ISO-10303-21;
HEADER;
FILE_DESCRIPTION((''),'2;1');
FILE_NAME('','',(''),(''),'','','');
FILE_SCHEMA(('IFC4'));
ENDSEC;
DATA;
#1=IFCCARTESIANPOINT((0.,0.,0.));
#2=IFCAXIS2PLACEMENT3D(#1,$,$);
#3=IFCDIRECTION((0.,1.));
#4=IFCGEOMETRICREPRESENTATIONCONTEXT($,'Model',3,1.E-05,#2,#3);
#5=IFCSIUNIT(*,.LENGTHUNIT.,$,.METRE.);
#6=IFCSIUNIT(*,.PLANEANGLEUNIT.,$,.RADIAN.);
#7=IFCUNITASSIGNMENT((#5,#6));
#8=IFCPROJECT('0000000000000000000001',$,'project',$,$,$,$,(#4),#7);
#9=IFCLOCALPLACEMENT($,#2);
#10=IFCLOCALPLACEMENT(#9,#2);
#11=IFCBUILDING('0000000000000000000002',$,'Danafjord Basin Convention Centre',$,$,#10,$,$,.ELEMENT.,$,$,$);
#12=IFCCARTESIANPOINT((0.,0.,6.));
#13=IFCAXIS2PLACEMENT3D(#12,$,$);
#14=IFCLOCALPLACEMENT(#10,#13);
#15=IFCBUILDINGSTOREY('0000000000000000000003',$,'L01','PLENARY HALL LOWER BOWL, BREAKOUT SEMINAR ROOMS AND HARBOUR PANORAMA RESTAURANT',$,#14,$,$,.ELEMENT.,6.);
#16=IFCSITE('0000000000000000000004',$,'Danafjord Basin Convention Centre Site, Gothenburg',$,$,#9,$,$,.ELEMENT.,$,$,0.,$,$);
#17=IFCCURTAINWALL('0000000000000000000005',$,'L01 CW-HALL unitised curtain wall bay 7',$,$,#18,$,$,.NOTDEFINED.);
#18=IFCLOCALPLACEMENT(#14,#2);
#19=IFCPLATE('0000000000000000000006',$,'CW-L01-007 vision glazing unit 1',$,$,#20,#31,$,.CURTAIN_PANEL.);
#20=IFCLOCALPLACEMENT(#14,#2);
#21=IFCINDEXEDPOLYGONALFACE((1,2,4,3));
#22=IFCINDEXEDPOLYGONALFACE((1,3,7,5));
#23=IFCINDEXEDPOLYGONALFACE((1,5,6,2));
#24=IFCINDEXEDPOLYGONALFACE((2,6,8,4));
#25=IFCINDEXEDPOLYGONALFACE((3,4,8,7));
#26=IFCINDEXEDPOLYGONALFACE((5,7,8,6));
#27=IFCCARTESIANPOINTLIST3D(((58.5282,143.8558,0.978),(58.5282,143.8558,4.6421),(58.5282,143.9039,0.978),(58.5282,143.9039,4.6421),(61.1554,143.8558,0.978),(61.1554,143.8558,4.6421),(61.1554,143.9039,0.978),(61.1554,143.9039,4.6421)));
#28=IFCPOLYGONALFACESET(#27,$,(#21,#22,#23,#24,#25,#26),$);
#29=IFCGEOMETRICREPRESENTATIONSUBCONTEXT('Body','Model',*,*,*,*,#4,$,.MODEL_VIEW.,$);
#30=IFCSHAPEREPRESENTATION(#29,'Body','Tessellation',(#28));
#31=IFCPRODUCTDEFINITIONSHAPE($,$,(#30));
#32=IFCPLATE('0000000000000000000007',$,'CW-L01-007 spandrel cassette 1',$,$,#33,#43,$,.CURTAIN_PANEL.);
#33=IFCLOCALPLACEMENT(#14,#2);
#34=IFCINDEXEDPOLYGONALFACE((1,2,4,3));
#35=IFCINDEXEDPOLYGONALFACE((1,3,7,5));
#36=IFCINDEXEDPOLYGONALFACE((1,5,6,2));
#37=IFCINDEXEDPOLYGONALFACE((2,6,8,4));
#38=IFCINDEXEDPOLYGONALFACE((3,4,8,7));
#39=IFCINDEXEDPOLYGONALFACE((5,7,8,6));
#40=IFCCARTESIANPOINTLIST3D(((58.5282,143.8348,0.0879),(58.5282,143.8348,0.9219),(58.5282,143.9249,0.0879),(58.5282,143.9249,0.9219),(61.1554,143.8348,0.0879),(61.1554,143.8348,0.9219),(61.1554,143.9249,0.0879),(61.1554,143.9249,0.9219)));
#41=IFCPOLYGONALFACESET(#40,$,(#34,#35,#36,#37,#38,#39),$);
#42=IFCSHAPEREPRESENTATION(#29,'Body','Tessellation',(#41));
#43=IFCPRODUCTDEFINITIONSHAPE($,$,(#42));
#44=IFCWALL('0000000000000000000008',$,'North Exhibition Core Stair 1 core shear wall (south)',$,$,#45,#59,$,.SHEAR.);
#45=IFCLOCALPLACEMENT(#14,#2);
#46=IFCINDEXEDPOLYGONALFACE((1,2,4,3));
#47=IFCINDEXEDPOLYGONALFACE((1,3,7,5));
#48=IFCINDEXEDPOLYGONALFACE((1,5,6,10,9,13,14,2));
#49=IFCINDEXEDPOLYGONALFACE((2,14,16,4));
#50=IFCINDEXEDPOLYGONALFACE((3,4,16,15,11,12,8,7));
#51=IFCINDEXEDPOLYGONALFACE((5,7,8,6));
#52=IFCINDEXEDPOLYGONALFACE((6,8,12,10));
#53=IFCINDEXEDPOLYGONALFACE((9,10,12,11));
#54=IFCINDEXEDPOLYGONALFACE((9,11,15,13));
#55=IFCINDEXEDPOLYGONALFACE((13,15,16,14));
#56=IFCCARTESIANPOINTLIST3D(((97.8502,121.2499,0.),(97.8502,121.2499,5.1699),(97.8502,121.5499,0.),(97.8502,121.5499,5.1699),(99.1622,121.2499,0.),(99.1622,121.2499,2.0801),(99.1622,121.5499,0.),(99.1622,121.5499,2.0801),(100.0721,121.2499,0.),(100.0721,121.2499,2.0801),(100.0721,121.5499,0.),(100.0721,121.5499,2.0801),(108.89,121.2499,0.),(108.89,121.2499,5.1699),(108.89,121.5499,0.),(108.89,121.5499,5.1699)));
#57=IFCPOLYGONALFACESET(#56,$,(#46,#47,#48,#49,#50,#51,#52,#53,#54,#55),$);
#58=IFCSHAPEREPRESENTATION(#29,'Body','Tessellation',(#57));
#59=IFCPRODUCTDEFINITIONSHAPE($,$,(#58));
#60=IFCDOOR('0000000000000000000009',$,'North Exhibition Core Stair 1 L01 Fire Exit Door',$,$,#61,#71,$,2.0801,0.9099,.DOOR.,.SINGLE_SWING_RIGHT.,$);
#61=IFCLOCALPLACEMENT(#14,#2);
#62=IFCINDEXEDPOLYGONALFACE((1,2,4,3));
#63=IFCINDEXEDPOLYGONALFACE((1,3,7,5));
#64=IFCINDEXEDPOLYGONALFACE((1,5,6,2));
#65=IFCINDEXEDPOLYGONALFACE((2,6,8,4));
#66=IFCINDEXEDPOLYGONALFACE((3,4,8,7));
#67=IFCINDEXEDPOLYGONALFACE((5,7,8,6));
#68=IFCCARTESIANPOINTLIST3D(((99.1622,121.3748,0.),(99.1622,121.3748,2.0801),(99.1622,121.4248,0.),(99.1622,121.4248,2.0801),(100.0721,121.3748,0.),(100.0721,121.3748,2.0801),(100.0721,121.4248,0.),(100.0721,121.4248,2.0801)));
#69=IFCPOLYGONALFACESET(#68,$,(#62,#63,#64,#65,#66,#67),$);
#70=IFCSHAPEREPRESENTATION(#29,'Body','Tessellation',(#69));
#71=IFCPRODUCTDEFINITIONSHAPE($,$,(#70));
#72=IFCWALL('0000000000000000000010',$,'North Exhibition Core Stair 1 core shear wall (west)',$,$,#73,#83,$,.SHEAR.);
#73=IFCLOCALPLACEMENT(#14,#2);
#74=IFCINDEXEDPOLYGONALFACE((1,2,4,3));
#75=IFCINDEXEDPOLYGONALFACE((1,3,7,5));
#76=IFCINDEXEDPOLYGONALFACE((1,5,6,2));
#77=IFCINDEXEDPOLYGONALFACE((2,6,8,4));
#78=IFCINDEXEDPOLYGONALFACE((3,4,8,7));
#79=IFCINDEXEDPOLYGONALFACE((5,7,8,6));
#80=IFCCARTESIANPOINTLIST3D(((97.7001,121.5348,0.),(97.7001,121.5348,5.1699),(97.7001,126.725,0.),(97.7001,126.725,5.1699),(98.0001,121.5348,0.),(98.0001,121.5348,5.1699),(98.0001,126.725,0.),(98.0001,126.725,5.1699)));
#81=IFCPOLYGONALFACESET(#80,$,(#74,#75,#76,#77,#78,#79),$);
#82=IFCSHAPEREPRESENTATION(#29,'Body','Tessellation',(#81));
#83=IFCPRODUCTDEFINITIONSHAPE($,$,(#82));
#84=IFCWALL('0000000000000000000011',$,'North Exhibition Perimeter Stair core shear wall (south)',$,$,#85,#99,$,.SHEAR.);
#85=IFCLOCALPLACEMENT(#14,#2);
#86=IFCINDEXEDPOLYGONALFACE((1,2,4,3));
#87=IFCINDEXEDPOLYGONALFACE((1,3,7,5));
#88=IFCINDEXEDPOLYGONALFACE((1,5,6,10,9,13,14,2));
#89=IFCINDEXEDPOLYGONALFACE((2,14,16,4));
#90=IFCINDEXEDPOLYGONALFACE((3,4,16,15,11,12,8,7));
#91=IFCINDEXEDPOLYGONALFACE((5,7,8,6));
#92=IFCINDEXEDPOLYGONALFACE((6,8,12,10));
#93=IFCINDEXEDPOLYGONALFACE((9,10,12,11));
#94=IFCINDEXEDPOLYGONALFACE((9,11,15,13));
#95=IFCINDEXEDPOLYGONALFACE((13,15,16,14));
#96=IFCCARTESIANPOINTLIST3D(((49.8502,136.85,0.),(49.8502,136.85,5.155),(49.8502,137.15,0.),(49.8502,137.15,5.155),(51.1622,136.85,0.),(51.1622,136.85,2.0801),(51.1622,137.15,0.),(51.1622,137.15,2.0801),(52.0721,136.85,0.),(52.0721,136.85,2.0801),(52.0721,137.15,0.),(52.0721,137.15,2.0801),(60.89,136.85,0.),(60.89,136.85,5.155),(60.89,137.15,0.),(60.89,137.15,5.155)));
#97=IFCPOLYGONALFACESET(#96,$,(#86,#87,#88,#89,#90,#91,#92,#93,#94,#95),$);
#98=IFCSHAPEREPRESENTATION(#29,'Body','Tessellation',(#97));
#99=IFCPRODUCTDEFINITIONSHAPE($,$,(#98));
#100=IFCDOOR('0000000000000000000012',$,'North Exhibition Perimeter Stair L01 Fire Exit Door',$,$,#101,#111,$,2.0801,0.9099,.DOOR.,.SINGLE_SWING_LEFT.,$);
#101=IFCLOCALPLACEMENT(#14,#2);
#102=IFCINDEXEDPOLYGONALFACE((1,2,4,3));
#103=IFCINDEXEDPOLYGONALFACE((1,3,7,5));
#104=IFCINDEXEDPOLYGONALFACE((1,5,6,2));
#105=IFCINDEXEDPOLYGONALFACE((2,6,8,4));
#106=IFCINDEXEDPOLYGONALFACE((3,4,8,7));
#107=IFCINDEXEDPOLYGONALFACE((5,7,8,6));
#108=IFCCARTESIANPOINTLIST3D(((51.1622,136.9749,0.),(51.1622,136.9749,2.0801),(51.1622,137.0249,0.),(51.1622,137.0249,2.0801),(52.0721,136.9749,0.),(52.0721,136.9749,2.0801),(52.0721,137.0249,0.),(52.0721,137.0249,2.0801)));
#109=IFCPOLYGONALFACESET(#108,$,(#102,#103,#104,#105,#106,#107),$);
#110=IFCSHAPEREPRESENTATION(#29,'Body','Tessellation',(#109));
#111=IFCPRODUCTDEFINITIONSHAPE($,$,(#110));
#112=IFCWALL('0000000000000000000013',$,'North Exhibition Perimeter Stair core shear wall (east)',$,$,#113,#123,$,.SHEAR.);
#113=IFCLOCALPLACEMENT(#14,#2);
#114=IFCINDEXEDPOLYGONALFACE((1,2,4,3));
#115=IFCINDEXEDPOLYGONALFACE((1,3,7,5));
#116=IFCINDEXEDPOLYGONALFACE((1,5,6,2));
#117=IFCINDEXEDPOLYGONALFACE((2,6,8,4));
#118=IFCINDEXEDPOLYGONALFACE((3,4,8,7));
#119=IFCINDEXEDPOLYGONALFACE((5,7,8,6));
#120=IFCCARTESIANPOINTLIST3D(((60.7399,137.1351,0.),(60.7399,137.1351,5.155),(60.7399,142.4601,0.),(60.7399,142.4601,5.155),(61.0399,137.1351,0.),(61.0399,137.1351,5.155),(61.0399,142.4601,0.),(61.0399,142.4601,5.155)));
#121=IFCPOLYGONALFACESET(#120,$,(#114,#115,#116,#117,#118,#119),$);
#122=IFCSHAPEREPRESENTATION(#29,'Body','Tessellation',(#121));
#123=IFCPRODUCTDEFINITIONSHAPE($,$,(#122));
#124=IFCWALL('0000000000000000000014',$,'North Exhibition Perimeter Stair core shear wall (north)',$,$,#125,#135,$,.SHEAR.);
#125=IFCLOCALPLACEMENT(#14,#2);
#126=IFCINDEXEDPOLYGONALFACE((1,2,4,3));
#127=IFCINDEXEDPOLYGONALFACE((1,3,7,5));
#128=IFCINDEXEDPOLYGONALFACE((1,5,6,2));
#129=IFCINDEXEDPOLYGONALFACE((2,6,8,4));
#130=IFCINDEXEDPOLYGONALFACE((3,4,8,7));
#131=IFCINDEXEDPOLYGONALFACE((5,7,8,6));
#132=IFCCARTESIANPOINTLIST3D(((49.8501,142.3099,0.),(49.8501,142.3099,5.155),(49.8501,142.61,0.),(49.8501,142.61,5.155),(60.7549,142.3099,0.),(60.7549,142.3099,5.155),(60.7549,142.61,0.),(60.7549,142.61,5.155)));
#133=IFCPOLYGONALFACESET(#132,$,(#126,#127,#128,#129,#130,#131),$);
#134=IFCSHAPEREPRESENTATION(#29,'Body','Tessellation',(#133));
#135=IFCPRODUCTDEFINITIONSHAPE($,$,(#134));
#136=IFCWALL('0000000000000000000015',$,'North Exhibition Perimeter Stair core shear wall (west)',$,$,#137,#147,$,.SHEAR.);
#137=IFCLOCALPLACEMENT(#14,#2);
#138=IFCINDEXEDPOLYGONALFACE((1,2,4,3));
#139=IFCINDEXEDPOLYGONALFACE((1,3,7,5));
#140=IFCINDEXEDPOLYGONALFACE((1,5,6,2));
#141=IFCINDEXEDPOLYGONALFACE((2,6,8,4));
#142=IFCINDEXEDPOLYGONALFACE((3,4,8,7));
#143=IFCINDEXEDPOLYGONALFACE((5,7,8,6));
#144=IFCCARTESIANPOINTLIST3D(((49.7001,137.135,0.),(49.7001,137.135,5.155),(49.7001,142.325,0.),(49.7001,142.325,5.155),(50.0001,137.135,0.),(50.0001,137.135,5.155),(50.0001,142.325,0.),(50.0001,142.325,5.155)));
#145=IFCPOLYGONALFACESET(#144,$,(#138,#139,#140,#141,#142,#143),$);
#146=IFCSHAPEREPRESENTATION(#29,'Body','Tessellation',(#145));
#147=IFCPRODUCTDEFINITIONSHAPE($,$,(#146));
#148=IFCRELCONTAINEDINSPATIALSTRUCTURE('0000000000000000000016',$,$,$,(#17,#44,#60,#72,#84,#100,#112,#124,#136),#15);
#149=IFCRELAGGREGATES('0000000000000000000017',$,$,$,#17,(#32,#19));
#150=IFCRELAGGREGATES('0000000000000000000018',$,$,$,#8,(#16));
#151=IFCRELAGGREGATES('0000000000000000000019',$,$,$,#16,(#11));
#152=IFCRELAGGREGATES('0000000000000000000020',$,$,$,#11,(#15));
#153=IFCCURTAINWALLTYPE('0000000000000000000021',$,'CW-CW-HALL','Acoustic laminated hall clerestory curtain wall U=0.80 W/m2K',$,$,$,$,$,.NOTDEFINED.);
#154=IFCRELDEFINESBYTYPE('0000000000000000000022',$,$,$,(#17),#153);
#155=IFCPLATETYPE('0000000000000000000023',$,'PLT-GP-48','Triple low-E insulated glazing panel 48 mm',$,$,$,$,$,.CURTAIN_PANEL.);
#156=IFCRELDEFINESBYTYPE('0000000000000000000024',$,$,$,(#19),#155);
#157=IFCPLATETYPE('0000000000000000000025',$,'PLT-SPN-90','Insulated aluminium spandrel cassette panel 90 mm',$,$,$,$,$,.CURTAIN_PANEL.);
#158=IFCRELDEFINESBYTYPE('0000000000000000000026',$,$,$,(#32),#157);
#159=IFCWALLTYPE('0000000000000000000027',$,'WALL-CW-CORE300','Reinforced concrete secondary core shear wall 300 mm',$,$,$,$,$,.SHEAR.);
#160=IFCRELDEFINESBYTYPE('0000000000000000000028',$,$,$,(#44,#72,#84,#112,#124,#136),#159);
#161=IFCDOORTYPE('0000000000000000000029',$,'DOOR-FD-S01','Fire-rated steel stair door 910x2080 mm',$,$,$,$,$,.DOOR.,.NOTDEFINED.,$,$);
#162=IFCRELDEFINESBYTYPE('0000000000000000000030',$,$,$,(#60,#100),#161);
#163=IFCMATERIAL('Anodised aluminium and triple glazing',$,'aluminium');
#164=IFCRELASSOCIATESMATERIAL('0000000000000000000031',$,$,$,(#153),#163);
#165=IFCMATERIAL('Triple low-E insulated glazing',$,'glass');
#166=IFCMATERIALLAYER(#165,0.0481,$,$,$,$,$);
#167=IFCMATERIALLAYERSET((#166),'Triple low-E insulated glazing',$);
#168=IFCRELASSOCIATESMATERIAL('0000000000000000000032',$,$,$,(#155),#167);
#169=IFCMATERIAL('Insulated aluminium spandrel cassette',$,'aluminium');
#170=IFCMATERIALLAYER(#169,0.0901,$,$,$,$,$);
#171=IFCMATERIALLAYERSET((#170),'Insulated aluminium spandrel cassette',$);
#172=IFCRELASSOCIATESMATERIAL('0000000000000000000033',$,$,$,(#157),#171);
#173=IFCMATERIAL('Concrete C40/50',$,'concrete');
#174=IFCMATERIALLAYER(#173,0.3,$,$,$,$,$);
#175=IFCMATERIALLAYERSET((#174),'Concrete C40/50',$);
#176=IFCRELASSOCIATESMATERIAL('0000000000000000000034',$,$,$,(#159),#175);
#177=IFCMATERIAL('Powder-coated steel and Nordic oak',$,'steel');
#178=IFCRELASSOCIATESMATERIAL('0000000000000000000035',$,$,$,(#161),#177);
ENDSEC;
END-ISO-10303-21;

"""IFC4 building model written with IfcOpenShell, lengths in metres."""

from ifc_helpers import new_model, si_unit, direction, frame, frame_2d, origin, origin_2d, place, context, subcontext, project, spatial, rectangle, extrude, material, layer, layer_set, type_object, element, fill, aggregate, save


model = new_model("IFC4")

# Units and contexts
model_context = context("Model", 3, precision=1e-05, world=origin(), true_north=direction((0.0, 1.0)))
body_context = subcontext(model_context, "Body", "Model", "MODEL_VIEW")
ifc_project = project(units=[si_unit("LENGTHUNIT", "METRE"), si_unit("PLANEANGLEUNIT", "RADIAN")], contexts=[model_context])

# Site, building, storey
site_placement = place(None, origin())
site = spatial("IfcSite", under=ifc_project, at=site_placement, Name="Danafjord Basin Convention Centre Site, Gothenburg", CompositionType="ELEMENT", RefElevation=0.0)
building_placement = place(site_placement, origin())
building = spatial("IfcBuilding", under=site, at=building_placement, Name="Danafjord Basin Convention Centre", CompositionType="ELEMENT")
storey_placement = place(building_placement, frame((0.0, 0.0, 6.0)))
storey = spatial("IfcBuildingStorey", under=building, at=storey_placement, Name="L01", Description="PLENARY HALL LOWER BOWL, BREAKOUT SEMINAR ROOMS AND HARBOUR PANORAMA RESTAURANT", CompositionType="ELEMENT", Elevation=6.0)

# Shared definitions
ifc_material_1 = material(Name="Anodised aluminium and triple glazing", Category="aluminium")
curtain_wall_type = type_object("IfcCurtainWallType", Name="CW-CW-HALL", Description="Acoustic laminated hall clerestory curtain wall U=0.80 W/m2K", PredefinedType="NOTDEFINED", material=ifc_material_1)

# Curtain wall, plates
curtain_wall_1_placement = place(storey_placement, origin())
curtain_wall_1 = element("IfcCurtainWall", 1, at=curtain_wall_1_placement, inside=storey, type_object=curtain_wall_type, Name="L01 CW-HALL unitised curtain wall bay 7", PredefinedType="NOTDEFINED")
ifc_material_2 = material(Name="Triple low-E insulated glazing", Category="glass")
ifc_layer_1 = layer(ifc_material_2, 0.0481)
ifc_layer_set_1 = layer_set([ifc_layer_1], Name="Triple low-E insulated glazing")
plate_type_1 = type_object("IfcPlateType", Name="PLT-GP-48", Description="Triple low-E insulated glazing panel 48 mm", PredefinedType="CURTAIN_PANEL", material=ifc_layer_set_1)
plate_1_placement = place(storey_placement, frame((59.8418, 143.8799, 0.978), z_axis=(0.0, 0.0, 1.0), x_axis=(1.0, 0.0, 0.0)))
plate_1 = element("IfcPlate", 2, at=plate_1_placement, type_object=plate_type_1, Name="CW-L01-007 vision glazing unit 1", PredefinedType="CURTAIN_PANEL", context=body_context, shape_type="SweptSolid", body=[
    extrude(rectangle(XDim=2.6272, YDim=0.0481, at=origin_2d()), origin(), (0.0, 0.0, 1.0), 3.6641),
])
ifc_material_3 = material(Name="Insulated aluminium spandrel cassette", Category="aluminium")
ifc_layer_2 = layer(ifc_material_3, 0.0901)
ifc_layer_set_2 = layer_set([ifc_layer_2], Name="Insulated aluminium spandrel cassette")
plate_type_2 = type_object("IfcPlateType", Name="PLT-SPN-90", Description="Insulated aluminium spandrel cassette panel 90 mm", PredefinedType="CURTAIN_PANEL", material=ifc_layer_set_2)
plate_2_placement = place(storey_placement, frame((59.8418, 143.8799, 0.0879), z_axis=(0.0, 0.0, 1.0), x_axis=(1.0, 0.0, 0.0)))
plate_2 = element("IfcPlate", 3, at=plate_2_placement, type_object=plate_type_2, Name="CW-L01-007 spandrel cassette 1", PredefinedType="CURTAIN_PANEL", context=body_context, shape_type="SweptSolid", body=[
    extrude(rectangle(XDim=2.6272, YDim=0.0901, at=origin_2d()), origin(), (0.0, 0.0, 1.0), 0.834),
])
aggregate(curtain_wall_1, [plate_2, plate_1])

# Wall, opening, door
ifc_material_4 = material(Name="Concrete C40/50", Category="concrete")
ifc_layer_3 = layer(ifc_material_4, 0.3)
ifc_layer_set_3 = layer_set([ifc_layer_3], Name="Concrete C40/50")
wall_type = type_object("IfcWallType", Name="WALL-CW-CORE300", Description="Reinforced concrete secondary core shear wall 300 mm", PredefinedType="SHEAR", material=ifc_layer_set_3)
wall_1_placement = place(storey_placement, frame((97.8501, 121.3999, 0.0), z_axis=(0.0, 0.0, 1.0), x_axis=(1.0, 0.0, 0.0)))
wall_1 = element("IfcWall", 4, at=wall_1_placement, inside=storey, type_object=wall_type, Name="North Exhibition Core Stair 1 core shear wall (south)", PredefinedType="SHEAR", context=body_context, shape_type="SweptSolid", body=[
    extrude(rectangle(XDim=11.0398, YDim=0.3, at=frame_2d((5.52, 0.0))), origin(), (0.0, 0.0, 1.0), 5.1699),
])
opening_1_placement = place(wall_1_placement, frame((1.312, 0.0, 0.0)))
opening_1 = element("IfcOpeningElement", 5, at=opening_1_placement, cuts=wall_1, PredefinedType="OPENING", context=body_context, shape_type="SweptSolid", body=[
    extrude(rectangle(XDim=0.9099, YDim=2.0801, at=frame_2d((0.4551, 1.04))), frame((0.0, 0.1599, 0.0), z_axis=(0.0, -1.0, 0.0), x_axis=(1.0, 0.0, 0.0)), (0.0, 0.0, 1.0), 0.3201),
])
ifc_material_5 = material(Name="Powder-coated steel and Nordic oak", Category="steel")
door_type = type_object("IfcDoorType", Name="DOOR-FD-S01", Description="Fire-rated steel stair door 910x2080 mm", OperationType="NOTDEFINED", PredefinedType="DOOR", material=ifc_material_5)
door_1_placement = place(opening_1_placement, origin())
door_1 = element("IfcDoor", 6, at=door_1_placement, inside=storey, type_object=door_type, Name="North Exhibition Core Stair 1 L01 Fire Exit Door", OperationType="SINGLE_SWING_RIGHT", OverallHeight=2.0801, OverallWidth=0.9099, PredefinedType="DOOR", context=body_context, shape_type="SweptSolid", body=[
    extrude(rectangle(XDim=0.9099, YDim=2.0801, at=frame_2d((0.4551, 1.04))), frame((0.0, 0.0249, 0.0), z_axis=(0.0, -1.0, 0.0), x_axis=(1.0, 0.0, 0.0)), (0.0, 0.0, 1.0), 0.05),
])
fill(opening_1, door_1)

# Wall
wall_2_placement = place(storey_placement, frame((97.8501, 126.7251, 0.0), z_axis=(0.0, 0.0, 1.0), x_axis=(0.0, -1.0, 0.0)))
element("IfcWall", 7, at=wall_2_placement, inside=storey, type_object=wall_type, Name="North Exhibition Core Stair 1 core shear wall (west)", PredefinedType="SHEAR", context=body_context, shape_type="SweptSolid", body=[
    extrude(rectangle(XDim=5.1902, YDim=0.3, at=frame_2d((2.5952, 0.0))), origin(), (0.0, 0.0, 1.0), 5.1699),
])

# Wall, opening, door
wall_3_placement = place(storey_placement, frame((49.8501, 137.0, 0.0), z_axis=(0.0, 0.0, 1.0), x_axis=(1.0, 0.0, 0.0)))
wall_3 = element("IfcWall", 8, at=wall_3_placement, inside=storey, type_object=wall_type, Name="North Exhibition Perimeter Stair core shear wall (south)", PredefinedType="SHEAR", context=body_context, shape_type="SweptSolid", body=[
    extrude(rectangle(XDim=11.0398, YDim=0.3, at=frame_2d((5.52, 0.0))), origin(), (0.0, 0.0, 1.0), 5.155),
])
opening_2_placement = place(wall_3_placement, frame((1.312, 0.0, 0.0)))
opening_2 = element("IfcOpeningElement", 9, at=opening_2_placement, cuts=wall_3, PredefinedType="OPENING", context=body_context, shape_type="SweptSolid", body=[
    extrude(rectangle(XDim=0.9099, YDim=2.0801, at=frame_2d((0.4551, 1.04))), frame((0.0, 0.1599, 0.0), z_axis=(0.0, -1.0, 0.0), x_axis=(1.0, 0.0, 0.0)), (0.0, 0.0, 1.0), 0.3201),
])
door_2_placement = place(opening_2_placement, origin())
door_2 = element("IfcDoor", 10, at=door_2_placement, inside=storey, type_object=door_type, Name="North Exhibition Perimeter Stair L01 Fire Exit Door", OperationType="SINGLE_SWING_LEFT", OverallHeight=2.0801, OverallWidth=0.9099, PredefinedType="DOOR", context=body_context, shape_type="SweptSolid", body=[
    extrude(rectangle(XDim=0.9099, YDim=2.0801, at=frame_2d((0.4551, 1.04))), frame((0.0, 0.0249, 0.0), z_axis=(0.0, -1.0, 0.0), x_axis=(1.0, 0.0, 0.0)), (0.0, 0.0, 1.0), 0.05),
])
fill(opening_2, door_2)

# Walls
wall_4_placement = place(storey_placement, frame((60.8899, 137.135, 0.0), z_axis=(0.0, 0.0, 1.0), x_axis=(0.0, 1.0, 0.0)))
element("IfcWall", 11, at=wall_4_placement, inside=storey, type_object=wall_type, Name="North Exhibition Perimeter Stair core shear wall (east)", PredefinedType="SHEAR", context=body_context, shape_type="SweptSolid", body=[
    extrude(rectangle(XDim=5.325, YDim=0.3, at=frame_2d((2.6626, 0.0))), origin(), (0.0, 0.0, 1.0), 5.155),
])
wall_5_placement = place(storey_placement, frame((60.7549, 142.46, 0.0), z_axis=(0.0, 0.0, 1.0), x_axis=(-1.0, 0.0, 0.0)))
element("IfcWall", 12, at=wall_5_placement, inside=storey, type_object=wall_type, Name="North Exhibition Perimeter Stair core shear wall (north)", PredefinedType="SHEAR", context=body_context, shape_type="SweptSolid", body=[
    extrude(rectangle(XDim=10.9048, YDim=0.3, at=frame_2d((5.4524, 0.0))), origin(), (0.0, 0.0, 1.0), 5.155),
])
wall_6_placement = place(storey_placement, frame((49.8501, 142.325, 0.0), z_axis=(0.0, 0.0, 1.0), x_axis=(0.0, -1.0, 0.0)))
element("IfcWall", 13, at=wall_6_placement, inside=storey, type_object=wall_type, Name="North Exhibition Perimeter Stair core shear wall (west)", PredefinedType="SHEAR", context=body_context, shape_type="SweptSolid", body=[
    extrude(rectangle(XDim=5.1899, YDim=0.3, at=frame_2d((2.595, 0.0))), origin(), (0.0, 0.0, 1.0), 5.155),
])

save(model, "model.ifc")
